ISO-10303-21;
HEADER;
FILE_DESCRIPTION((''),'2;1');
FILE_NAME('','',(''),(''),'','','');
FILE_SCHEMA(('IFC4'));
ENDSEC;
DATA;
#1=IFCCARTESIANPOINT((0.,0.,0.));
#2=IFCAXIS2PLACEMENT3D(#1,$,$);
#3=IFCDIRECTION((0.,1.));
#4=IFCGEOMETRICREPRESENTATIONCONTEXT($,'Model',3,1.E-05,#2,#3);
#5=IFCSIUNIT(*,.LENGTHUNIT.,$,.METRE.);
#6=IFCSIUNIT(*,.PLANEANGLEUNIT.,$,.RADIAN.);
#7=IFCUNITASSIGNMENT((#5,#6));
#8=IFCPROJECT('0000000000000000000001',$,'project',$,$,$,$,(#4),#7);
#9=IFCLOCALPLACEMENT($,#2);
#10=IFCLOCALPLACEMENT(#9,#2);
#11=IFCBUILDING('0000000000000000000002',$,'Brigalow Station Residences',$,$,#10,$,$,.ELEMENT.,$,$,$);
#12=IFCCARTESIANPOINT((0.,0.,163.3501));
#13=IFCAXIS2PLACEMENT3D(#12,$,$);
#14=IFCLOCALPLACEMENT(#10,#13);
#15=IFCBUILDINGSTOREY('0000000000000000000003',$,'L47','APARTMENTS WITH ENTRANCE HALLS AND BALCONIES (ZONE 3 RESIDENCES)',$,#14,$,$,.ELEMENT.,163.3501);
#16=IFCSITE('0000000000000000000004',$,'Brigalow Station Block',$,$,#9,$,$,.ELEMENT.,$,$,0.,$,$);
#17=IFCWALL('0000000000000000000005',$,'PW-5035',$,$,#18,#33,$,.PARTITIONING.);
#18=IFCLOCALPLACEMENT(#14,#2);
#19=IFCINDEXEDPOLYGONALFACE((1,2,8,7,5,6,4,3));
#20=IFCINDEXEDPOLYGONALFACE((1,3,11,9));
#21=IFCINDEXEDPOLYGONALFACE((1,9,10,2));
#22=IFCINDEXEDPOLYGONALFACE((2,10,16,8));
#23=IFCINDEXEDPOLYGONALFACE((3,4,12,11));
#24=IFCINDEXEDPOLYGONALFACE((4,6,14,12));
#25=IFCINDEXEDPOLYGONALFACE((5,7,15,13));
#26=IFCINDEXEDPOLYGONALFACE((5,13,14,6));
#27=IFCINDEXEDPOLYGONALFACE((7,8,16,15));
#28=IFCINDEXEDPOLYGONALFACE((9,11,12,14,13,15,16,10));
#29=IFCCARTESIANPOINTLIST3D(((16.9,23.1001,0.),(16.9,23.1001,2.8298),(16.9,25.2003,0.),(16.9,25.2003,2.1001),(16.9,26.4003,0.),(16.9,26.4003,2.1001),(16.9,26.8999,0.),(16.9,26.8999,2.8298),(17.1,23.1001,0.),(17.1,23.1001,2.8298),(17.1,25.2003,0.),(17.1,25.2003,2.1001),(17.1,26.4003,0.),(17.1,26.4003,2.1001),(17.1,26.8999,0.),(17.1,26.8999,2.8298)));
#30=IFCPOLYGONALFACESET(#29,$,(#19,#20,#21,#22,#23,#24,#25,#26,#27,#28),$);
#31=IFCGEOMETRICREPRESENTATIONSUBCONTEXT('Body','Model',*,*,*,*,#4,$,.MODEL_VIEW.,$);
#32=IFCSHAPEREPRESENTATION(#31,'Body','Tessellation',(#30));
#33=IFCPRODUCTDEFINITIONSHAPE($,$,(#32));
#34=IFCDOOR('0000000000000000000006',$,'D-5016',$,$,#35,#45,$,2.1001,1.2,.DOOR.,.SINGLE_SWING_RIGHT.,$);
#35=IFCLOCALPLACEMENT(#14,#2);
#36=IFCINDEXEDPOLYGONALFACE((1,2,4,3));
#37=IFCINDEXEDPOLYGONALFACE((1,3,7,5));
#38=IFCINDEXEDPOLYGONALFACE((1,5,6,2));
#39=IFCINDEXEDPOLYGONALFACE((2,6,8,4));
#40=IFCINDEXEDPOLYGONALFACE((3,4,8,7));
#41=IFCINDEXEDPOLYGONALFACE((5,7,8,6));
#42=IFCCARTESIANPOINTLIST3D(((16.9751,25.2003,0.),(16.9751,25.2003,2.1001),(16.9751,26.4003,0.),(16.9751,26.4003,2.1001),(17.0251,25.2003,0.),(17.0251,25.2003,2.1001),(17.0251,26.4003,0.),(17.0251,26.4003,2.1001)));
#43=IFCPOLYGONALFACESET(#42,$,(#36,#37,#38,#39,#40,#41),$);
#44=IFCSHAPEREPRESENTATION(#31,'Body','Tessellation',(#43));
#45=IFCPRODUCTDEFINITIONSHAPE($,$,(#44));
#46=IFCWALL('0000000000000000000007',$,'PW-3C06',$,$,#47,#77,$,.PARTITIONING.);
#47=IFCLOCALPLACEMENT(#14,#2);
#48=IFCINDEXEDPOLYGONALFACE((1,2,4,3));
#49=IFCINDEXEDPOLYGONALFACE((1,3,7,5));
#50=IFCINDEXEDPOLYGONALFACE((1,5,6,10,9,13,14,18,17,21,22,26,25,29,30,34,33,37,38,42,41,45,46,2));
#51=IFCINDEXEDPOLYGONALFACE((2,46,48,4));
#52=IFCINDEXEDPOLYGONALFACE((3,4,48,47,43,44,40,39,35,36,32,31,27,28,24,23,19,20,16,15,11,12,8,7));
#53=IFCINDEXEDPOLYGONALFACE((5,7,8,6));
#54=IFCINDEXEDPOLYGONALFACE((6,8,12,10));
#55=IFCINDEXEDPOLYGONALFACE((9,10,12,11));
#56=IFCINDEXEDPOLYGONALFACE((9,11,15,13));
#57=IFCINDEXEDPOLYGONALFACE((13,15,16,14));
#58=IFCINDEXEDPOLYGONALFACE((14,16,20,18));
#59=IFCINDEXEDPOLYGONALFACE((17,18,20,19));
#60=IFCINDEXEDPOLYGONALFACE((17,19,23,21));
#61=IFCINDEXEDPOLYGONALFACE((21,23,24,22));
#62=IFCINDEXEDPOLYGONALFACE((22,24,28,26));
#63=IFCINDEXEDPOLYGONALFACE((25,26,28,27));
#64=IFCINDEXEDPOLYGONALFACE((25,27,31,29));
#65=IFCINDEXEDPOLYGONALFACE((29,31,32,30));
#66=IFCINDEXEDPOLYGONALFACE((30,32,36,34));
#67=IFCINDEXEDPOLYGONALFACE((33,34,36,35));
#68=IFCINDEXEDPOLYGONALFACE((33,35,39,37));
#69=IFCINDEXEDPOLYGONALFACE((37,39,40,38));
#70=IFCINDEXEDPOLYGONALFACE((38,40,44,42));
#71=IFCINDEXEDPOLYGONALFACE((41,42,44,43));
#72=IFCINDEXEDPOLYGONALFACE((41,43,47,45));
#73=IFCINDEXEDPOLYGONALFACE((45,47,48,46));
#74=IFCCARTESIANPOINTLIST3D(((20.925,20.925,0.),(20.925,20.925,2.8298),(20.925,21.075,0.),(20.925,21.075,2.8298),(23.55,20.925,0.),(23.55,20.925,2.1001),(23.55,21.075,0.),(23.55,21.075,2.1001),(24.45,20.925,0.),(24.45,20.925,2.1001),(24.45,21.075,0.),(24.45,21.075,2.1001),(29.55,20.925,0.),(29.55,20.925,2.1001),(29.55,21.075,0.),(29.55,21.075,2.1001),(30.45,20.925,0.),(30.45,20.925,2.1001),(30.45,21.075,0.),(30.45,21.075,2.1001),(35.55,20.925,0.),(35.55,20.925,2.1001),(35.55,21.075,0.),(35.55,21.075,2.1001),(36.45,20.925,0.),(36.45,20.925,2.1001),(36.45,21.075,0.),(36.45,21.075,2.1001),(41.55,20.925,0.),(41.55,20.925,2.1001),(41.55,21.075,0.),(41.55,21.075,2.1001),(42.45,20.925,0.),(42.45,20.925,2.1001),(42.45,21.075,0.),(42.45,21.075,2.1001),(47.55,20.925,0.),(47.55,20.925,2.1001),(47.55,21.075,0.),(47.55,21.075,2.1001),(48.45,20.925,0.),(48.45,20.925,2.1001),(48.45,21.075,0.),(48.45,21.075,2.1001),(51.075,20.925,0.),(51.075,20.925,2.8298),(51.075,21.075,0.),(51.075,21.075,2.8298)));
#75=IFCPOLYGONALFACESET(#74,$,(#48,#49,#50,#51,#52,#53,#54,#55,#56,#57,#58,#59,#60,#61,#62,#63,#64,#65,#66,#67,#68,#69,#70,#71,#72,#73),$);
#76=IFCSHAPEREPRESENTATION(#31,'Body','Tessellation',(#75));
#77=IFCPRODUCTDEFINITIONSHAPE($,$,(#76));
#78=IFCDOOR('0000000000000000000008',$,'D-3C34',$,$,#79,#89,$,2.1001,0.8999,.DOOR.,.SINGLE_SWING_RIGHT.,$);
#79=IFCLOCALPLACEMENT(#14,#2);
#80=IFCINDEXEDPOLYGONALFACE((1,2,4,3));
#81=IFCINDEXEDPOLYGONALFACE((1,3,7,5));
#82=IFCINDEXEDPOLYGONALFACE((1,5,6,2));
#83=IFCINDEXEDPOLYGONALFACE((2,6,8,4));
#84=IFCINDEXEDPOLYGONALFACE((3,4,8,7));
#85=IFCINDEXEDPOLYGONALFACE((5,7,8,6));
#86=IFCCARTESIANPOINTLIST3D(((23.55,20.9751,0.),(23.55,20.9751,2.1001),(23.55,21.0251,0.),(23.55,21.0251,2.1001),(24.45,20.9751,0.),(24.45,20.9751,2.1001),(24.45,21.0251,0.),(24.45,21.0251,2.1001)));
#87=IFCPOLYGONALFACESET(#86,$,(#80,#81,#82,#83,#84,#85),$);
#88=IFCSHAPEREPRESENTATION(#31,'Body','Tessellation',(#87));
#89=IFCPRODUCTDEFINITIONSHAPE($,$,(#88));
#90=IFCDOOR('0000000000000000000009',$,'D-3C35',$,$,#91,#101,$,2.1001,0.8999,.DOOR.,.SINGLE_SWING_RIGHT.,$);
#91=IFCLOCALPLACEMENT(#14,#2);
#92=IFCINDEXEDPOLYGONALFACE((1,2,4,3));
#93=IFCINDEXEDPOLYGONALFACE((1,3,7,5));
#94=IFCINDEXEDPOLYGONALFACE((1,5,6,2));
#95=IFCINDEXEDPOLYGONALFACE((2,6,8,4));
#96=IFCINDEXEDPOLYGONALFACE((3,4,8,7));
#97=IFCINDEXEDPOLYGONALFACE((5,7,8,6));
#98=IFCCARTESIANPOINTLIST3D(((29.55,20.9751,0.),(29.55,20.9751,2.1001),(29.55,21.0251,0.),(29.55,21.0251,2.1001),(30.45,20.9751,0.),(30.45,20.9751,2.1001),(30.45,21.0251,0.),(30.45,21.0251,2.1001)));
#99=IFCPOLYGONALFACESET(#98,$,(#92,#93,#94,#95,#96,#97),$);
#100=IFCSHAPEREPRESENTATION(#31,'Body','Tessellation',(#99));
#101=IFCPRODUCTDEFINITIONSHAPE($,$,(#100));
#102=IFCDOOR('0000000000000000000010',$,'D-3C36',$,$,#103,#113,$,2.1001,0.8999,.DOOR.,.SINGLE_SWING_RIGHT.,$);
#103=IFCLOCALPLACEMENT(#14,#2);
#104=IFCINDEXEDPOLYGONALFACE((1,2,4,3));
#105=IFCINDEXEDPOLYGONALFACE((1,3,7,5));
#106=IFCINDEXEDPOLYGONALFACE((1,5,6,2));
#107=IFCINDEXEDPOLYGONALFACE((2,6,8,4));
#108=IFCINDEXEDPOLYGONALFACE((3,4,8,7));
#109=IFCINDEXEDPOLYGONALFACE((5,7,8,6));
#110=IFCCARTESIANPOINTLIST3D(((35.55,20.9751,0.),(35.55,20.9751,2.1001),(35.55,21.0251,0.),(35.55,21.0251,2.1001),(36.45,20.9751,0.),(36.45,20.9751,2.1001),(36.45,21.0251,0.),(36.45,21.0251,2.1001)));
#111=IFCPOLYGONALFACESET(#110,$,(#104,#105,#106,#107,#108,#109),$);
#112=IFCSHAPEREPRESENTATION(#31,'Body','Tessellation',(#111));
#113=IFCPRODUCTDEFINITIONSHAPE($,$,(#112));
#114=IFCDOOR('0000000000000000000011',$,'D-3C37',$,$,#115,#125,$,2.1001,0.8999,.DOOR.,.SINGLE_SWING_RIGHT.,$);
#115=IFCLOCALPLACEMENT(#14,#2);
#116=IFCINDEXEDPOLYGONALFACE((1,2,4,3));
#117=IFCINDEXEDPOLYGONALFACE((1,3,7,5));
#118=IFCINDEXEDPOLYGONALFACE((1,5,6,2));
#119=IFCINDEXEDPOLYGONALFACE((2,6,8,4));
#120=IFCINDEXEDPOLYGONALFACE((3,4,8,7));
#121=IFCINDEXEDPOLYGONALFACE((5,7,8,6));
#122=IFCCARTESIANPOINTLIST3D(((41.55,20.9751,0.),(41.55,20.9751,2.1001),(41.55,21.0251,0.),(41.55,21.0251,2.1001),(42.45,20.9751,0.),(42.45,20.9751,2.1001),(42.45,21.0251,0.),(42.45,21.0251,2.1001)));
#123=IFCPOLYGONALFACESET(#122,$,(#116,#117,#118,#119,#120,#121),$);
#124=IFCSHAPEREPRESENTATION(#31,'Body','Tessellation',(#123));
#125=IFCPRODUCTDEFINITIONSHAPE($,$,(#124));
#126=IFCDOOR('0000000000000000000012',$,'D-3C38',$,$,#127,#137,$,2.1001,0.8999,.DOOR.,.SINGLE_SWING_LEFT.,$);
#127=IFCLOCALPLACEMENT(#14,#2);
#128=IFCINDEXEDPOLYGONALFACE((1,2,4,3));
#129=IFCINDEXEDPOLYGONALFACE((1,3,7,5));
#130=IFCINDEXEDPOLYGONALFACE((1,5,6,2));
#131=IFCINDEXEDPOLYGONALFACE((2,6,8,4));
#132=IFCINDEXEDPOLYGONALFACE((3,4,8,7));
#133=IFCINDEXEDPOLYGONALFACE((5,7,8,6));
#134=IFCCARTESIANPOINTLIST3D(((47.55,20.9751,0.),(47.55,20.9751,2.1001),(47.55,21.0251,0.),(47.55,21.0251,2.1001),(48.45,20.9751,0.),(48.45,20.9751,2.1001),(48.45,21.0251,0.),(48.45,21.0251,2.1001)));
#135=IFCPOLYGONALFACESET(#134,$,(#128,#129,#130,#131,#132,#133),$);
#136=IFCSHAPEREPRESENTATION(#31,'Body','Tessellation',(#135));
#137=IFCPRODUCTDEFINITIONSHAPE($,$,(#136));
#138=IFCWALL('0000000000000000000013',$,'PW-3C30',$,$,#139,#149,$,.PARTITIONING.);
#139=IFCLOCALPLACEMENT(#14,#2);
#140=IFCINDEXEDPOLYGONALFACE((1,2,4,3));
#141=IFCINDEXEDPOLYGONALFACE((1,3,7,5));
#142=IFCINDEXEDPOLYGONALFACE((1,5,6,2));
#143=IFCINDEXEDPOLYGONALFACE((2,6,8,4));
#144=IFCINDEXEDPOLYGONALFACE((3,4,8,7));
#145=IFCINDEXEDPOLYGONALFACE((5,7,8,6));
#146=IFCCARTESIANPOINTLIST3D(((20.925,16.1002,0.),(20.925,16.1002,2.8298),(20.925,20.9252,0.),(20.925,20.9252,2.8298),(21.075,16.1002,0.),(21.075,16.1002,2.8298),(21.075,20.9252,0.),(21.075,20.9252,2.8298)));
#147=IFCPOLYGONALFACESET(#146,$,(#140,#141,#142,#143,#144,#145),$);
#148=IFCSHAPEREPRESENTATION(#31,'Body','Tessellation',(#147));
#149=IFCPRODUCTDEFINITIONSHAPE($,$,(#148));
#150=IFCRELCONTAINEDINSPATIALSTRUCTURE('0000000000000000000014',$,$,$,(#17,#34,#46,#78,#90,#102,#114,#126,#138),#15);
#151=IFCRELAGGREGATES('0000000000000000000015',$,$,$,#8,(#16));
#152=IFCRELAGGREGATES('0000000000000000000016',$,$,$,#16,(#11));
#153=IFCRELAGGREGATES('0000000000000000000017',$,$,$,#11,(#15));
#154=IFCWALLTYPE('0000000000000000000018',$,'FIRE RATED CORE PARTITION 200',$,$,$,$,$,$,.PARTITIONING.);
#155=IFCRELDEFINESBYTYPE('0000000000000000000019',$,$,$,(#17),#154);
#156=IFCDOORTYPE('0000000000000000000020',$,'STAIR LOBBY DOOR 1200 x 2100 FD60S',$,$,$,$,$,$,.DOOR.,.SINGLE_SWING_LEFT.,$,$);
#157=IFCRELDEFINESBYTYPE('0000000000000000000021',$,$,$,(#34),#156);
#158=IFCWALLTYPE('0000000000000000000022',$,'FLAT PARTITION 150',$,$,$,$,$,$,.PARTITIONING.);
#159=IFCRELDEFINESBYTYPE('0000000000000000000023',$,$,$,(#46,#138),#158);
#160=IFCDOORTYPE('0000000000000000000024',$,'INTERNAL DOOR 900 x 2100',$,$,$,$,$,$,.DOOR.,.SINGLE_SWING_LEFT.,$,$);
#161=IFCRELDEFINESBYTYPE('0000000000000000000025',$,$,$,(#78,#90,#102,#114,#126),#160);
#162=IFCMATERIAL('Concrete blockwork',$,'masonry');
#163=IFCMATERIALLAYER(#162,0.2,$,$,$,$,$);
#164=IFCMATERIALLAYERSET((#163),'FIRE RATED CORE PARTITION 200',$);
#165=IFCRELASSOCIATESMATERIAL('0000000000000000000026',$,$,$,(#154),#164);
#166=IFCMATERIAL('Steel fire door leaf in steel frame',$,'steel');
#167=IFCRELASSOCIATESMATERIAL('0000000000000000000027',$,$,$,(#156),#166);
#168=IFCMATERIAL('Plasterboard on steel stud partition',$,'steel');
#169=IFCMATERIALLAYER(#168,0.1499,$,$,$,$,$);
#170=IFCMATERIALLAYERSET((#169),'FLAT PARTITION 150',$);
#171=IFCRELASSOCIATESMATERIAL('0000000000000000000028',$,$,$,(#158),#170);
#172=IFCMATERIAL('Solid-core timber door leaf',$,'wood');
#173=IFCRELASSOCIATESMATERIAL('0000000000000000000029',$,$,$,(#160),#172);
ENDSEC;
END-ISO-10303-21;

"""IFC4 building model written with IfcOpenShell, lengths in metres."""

from ifc_helpers import new_model, si_unit, direction, frame, frame_2d, origin, place, context, subcontext, project, spatial, rectangle, extrude, material, layer, layer_set, type_object, element, fill, save


model = new_model("IFC4")

# Units and contexts
model_context = context("Model", 3, precision=1e-05, world=origin(), true_north=direction((0.0, 1.0)))
body_context = subcontext(model_context, "Body", "Model", "MODEL_VIEW")
ifc_project = project(units=[si_unit("LENGTHUNIT", "METRE"), si_unit("PLANEANGLEUNIT", "RADIAN")], contexts=[model_context])

# Site, building, storey
site_placement = place(None, origin())
site = spatial("IfcSite", under=ifc_project, at=site_placement, Name="Brigalow Station Block", CompositionType="ELEMENT", RefElevation=0.0)
building_placement = place(site_placement, origin())
building = spatial("IfcBuilding", under=site, at=building_placement, Name="Brigalow Station Residences", CompositionType="ELEMENT")
storey_placement = place(building_placement, frame((0.0, 0.0, 163.3501)))
storey = spatial("IfcBuildingStorey", under=building, at=storey_placement, Name="L47", Description="APARTMENTS WITH ENTRANCE HALLS AND BALCONIES (ZONE 3 RESIDENCES)", CompositionType="ELEMENT", Elevation=163.3501)

# Wall, opening, door
ifc_material_1 = material(Name="Concrete blockwork", Category="masonry")
ifc_layer_1 = layer(ifc_material_1, 0.2)
ifc_layer_set_1 = layer_set([ifc_layer_1], Name="FIRE RATED CORE PARTITION 200")
wall_type_1 = type_object("IfcWallType", Name="FIRE RATED CORE PARTITION 200", PredefinedType="PARTITIONING", material=ifc_layer_set_1)
wall_1_placement = place(storey_placement, frame((17.0, 23.1001, 0.0), z_axis=(0.0, 0.0, 1.0), x_axis=(0.0, 1.0, 0.0)))
wall_1 = element("IfcWall", 1, at=wall_1_placement, inside=storey, type_object=wall_type_1, Name="PW-5035", PredefinedType="PARTITIONING", context=body_context, shape_type="SweptSolid", body=[
    extrude(rectangle(XDim=3.7998, YDim=0.2, at=frame_2d((1.8999, 0.0))), origin(), (0.0, 0.0, 1.0), 2.8298),
])
opening_1_placement = place(wall_1_placement, frame((2.1001, 0.0, 0.0)))
opening_1 = element("IfcOpeningElement", 2, at=opening_1_placement, cuts=wall_1, PredefinedType="OPENING", context=body_context, shape_type="SweptSolid", body=[
    extrude(rectangle(XDim=1.2, YDim=2.1001, at=frame_2d((0.6001, 1.05))), frame((0.0, 0.1099, 0.0), z_axis=(0.0, -1.0, 0.0), x_axis=(1.0, 0.0, 0.0)), (0.0, 0.0, 1.0), 0.22),
])
ifc_material_2 = material(Name="Steel fire door leaf in steel frame", Category="steel")
door_type_1 = type_object("IfcDoorType", Name="STAIR LOBBY DOOR 1200 x 2100 FD60S", OperationType="SINGLE_SWING_LEFT", PredefinedType="DOOR", material=ifc_material_2)
door_1_placement = place(opening_1_placement, origin())
door_1 = element("IfcDoor", 3, at=door_1_placement, inside=storey, type_object=door_type_1, Name="D-5016", OperationType="SINGLE_SWING_RIGHT", OverallHeight=2.1001, OverallWidth=1.2, PredefinedType="DOOR", context=body_context, shape_type="SweptSolid", body=[
    extrude(rectangle(XDim=1.2, YDim=2.1001, at=frame_2d((0.6001, 1.05))), frame((0.0, 0.0249, 0.0), z_axis=(0.0, -1.0, 0.0), x_axis=(1.0, 0.0, 0.0)), (0.0, 0.0, 1.0), 0.05),
])
fill(opening_1, door_1)

# Wall, openings, doors
ifc_material_3 = material(Name="Plasterboard on steel stud partition", Category="steel")
ifc_layer_2 = layer(ifc_material_3, 0.1499)
ifc_layer_set_2 = layer_set([ifc_layer_2], Name="FLAT PARTITION 150")
wall_type_2 = type_object("IfcWallType", Name="FLAT PARTITION 150", PredefinedType="PARTITIONING", material=ifc_layer_set_2)
wall_2_placement = place(storey_placement, frame((20.925, 21.0, 0.0), z_axis=(0.0, 0.0, 1.0), x_axis=(1.0, 0.0, 0.0)))
wall_2 = element("IfcWall", 4, at=wall_2_placement, inside=storey, type_object=wall_type_2, Name="PW-3C06", PredefinedType="PARTITIONING", context=body_context, shape_type="SweptSolid", body=[
    extrude(rectangle(XDim=30.1499, YDim=0.1499, at=frame_2d((15.075, 0.0))), origin(), (0.0, 0.0, 1.0), 2.8298),
])
opening_2_placement = place(wall_2_placement, frame((2.625, 0.0, 0.0)))
opening_2 = element("IfcOpeningElement", 5, at=opening_2_placement, cuts=wall_2, PredefinedType="OPENING", context=body_context, shape_type="SweptSolid", body=[
    extrude(rectangle(XDim=0.8999, YDim=2.1001, at=frame_2d((0.45, 1.05))), frame((0.0, 0.085, 0.0), z_axis=(0.0, -1.0, 0.0), x_axis=(1.0, 0.0, 0.0)), (0.0, 0.0, 1.0), 0.1699),
])
opening_3_placement = place(wall_2_placement, frame((8.625, 0.0, 0.0)))
opening_3 = element("IfcOpeningElement", 6, at=opening_3_placement, cuts=wall_2, PredefinedType="OPENING", context=body_context, shape_type="SweptSolid", body=[
    extrude(rectangle(XDim=0.8999, YDim=2.1001, at=frame_2d((0.45, 1.05))), frame((0.0, 0.085, 0.0), z_axis=(0.0, -1.0, 0.0), x_axis=(1.0, 0.0, 0.0)), (0.0, 0.0, 1.0), 0.1699),
])
opening_4_placement = place(wall_2_placement, frame((14.625, 0.0, 0.0)))
opening_4 = element("IfcOpeningElement", 7, at=opening_4_placement, cuts=wall_2, PredefinedType="OPENING", context=body_context, shape_type="SweptSolid", body=[
    extrude(rectangle(XDim=0.8999, YDim=2.1001, at=frame_2d((0.45, 1.05))), frame((0.0, 0.085, 0.0), z_axis=(0.0, -1.0, 0.0), x_axis=(1.0, 0.0, 0.0)), (0.0, 0.0, 1.0), 0.1699),
])
opening_5_placement = place(wall_2_placement, frame((20.625, 0.0, 0.0)))
opening_5 = element("IfcOpeningElement", 8, at=opening_5_placement, cuts=wall_2, PredefinedType="OPENING", context=body_context, shape_type="SweptSolid", body=[
    extrude(rectangle(XDim=0.8999, YDim=2.1001, at=frame_2d((0.45, 1.05))), frame((0.0, 0.085, 0.0), z_axis=(0.0, -1.0, 0.0), x_axis=(1.0, 0.0, 0.0)), (0.0, 0.0, 1.0), 0.1699),
])
opening_6_placement = place(wall_2_placement, frame((26.625, 0.0, 0.0)))
opening_6 = element("IfcOpeningElement", 9, at=opening_6_placement, cuts=wall_2, PredefinedType="OPENING", context=body_context, shape_type="SweptSolid", body=[
    extrude(rectangle(XDim=0.8999, YDim=2.1001, at=frame_2d((0.45, 1.05))), frame((0.0, 0.085, 0.0), z_axis=(0.0, -1.0, 0.0), x_axis=(1.0, 0.0, 0.0)), (0.0, 0.0, 1.0), 0.1699),
])
ifc_material_4 = material(Name="Solid-core timber door leaf", Category="wood")
door_type_2 = type_object("IfcDoorType", Name="INTERNAL DOOR 900 x 2100", OperationType="SINGLE_SWING_LEFT", PredefinedType="DOOR", material=ifc_material_4)
door_2_placement = place(opening_2_placement, frame((0.8999, 0.0, 0.0), z_axis=(0.0, 0.0, 1.0), x_axis=(-1.0, 0.0, 0.0)))
door_2 = element("IfcDoor", 10, at=door_2_placement, inside=storey, type_object=door_type_2, Name="D-3C34", OperationType="SINGLE_SWING_RIGHT", OverallHeight=2.1001, OverallWidth=0.8999, PredefinedType="DOOR", context=body_context, shape_type="SweptSolid", body=[
    extrude(rectangle(XDim=0.8999, YDim=2.1001, at=frame_2d((0.45, 1.05))), frame((0.0, 0.0249, 0.0), z_axis=(0.0, -1.0, 0.0), x_axis=(1.0, 0.0, 0.0)), (0.0, 0.0, 1.0), 0.05),
])
fill(opening_2, door_2)
door_3_placement = place(opening_3_placement, frame((0.8999, 0.0, 0.0), z_axis=(0.0, 0.0, 1.0), x_axis=(-1.0, 0.0, 0.0)))
door_3 = element("IfcDoor", 11, at=door_3_placement, inside=storey, type_object=door_type_2, Name="D-3C35", OperationType="SINGLE_SWING_RIGHT", OverallHeight=2.1001, OverallWidth=0.8999, PredefinedType="DOOR", context=body_context, shape_type="SweptSolid", body=[
    extrude(rectangle(XDim=0.8999, YDim=2.1001, at=frame_2d((0.45, 1.05))), frame((0.0, 0.0249, 0.0), z_axis=(0.0, -1.0, 0.0), x_axis=(1.0, 0.0, 0.0)), (0.0, 0.0, 1.0), 0.05),
])
fill(opening_3, door_3)
door_4_placement = place(opening_4_placement, frame((0.8999, 0.0, 0.0), z_axis=(0.0, 0.0, 1.0), x_axis=(-1.0, 0.0, 0.0)))
door_4 = element("IfcDoor", 12, at=door_4_placement, inside=storey, type_object=door_type_2, Name="D-3C36", OperationType="SINGLE_SWING_RIGHT", OverallHeight=2.1001, OverallWidth=0.8999, PredefinedType="DOOR", context=body_context, shape_type="SweptSolid", body=[
    extrude(rectangle(XDim=0.8999, YDim=2.1001, at=frame_2d((0.45, 1.05))), frame((0.0, 0.0249, 0.0), z_axis=(0.0, -1.0, 0.0), x_axis=(1.0, 0.0, 0.0)), (0.0, 0.0, 1.0), 0.05),
])
fill(opening_4, door_4)
door_5_placement = place(opening_5_placement, frame((0.8999, 0.0, 0.0), z_axis=(0.0, 0.0, 1.0), x_axis=(-1.0, 0.0, 0.0)))
door_5 = element("IfcDoor", 13, at=door_5_placement, inside=storey, type_object=door_type_2, Name="D-3C37", OperationType="SINGLE_SWING_RIGHT", OverallHeight=2.1001, OverallWidth=0.8999, PredefinedType="DOOR", context=body_context, shape_type="SweptSolid", body=[
    extrude(rectangle(XDim=0.8999, YDim=2.1001, at=frame_2d((0.45, 1.05))), frame((0.0, 0.0249, 0.0), z_axis=(0.0, -1.0, 0.0), x_axis=(1.0, 0.0, 0.0)), (0.0, 0.0, 1.0), 0.05),
])
fill(opening_5, door_5)
door_6_placement = place(opening_6_placement, frame((0.8999, 0.0, 0.0), z_axis=(0.0, 0.0, 1.0), x_axis=(-1.0, 0.0, 0.0)))
door_6 = element("IfcDoor", 14, at=door_6_placement, inside=storey, type_object=door_type_2, Name="D-3C38", OperationType="SINGLE_SWING_LEFT", OverallHeight=2.1001, OverallWidth=0.8999, PredefinedType="DOOR", context=body_context, shape_type="SweptSolid", body=[
    extrude(rectangle(XDim=0.8999, YDim=2.1001, at=frame_2d((0.45, 1.05))), frame((0.0, 0.0249, 0.0), z_axis=(0.0, -1.0, 0.0), x_axis=(1.0, 0.0, 0.0)), (0.0, 0.0, 1.0), 0.05),
])
fill(opening_6, door_6)

# Wall
wall_3_placement = place(storey_placement, frame((21.0, 16.1001, 0.0), z_axis=(0.0, 0.0, 1.0), x_axis=(0.0, 1.0, 0.0)))
element("IfcWall", 15, at=wall_3_placement, inside=storey, type_object=wall_type_2, Name="PW-3C30", PredefinedType="PARTITIONING", context=body_context, shape_type="SweptSolid", body=[
    extrude(rectangle(XDim=4.825, YDim=0.1499, at=frame_2d((2.4126, 0.0))), origin(), (0.0, 0.0, 1.0), 2.8298),
])

save(model, "model.ifc")
